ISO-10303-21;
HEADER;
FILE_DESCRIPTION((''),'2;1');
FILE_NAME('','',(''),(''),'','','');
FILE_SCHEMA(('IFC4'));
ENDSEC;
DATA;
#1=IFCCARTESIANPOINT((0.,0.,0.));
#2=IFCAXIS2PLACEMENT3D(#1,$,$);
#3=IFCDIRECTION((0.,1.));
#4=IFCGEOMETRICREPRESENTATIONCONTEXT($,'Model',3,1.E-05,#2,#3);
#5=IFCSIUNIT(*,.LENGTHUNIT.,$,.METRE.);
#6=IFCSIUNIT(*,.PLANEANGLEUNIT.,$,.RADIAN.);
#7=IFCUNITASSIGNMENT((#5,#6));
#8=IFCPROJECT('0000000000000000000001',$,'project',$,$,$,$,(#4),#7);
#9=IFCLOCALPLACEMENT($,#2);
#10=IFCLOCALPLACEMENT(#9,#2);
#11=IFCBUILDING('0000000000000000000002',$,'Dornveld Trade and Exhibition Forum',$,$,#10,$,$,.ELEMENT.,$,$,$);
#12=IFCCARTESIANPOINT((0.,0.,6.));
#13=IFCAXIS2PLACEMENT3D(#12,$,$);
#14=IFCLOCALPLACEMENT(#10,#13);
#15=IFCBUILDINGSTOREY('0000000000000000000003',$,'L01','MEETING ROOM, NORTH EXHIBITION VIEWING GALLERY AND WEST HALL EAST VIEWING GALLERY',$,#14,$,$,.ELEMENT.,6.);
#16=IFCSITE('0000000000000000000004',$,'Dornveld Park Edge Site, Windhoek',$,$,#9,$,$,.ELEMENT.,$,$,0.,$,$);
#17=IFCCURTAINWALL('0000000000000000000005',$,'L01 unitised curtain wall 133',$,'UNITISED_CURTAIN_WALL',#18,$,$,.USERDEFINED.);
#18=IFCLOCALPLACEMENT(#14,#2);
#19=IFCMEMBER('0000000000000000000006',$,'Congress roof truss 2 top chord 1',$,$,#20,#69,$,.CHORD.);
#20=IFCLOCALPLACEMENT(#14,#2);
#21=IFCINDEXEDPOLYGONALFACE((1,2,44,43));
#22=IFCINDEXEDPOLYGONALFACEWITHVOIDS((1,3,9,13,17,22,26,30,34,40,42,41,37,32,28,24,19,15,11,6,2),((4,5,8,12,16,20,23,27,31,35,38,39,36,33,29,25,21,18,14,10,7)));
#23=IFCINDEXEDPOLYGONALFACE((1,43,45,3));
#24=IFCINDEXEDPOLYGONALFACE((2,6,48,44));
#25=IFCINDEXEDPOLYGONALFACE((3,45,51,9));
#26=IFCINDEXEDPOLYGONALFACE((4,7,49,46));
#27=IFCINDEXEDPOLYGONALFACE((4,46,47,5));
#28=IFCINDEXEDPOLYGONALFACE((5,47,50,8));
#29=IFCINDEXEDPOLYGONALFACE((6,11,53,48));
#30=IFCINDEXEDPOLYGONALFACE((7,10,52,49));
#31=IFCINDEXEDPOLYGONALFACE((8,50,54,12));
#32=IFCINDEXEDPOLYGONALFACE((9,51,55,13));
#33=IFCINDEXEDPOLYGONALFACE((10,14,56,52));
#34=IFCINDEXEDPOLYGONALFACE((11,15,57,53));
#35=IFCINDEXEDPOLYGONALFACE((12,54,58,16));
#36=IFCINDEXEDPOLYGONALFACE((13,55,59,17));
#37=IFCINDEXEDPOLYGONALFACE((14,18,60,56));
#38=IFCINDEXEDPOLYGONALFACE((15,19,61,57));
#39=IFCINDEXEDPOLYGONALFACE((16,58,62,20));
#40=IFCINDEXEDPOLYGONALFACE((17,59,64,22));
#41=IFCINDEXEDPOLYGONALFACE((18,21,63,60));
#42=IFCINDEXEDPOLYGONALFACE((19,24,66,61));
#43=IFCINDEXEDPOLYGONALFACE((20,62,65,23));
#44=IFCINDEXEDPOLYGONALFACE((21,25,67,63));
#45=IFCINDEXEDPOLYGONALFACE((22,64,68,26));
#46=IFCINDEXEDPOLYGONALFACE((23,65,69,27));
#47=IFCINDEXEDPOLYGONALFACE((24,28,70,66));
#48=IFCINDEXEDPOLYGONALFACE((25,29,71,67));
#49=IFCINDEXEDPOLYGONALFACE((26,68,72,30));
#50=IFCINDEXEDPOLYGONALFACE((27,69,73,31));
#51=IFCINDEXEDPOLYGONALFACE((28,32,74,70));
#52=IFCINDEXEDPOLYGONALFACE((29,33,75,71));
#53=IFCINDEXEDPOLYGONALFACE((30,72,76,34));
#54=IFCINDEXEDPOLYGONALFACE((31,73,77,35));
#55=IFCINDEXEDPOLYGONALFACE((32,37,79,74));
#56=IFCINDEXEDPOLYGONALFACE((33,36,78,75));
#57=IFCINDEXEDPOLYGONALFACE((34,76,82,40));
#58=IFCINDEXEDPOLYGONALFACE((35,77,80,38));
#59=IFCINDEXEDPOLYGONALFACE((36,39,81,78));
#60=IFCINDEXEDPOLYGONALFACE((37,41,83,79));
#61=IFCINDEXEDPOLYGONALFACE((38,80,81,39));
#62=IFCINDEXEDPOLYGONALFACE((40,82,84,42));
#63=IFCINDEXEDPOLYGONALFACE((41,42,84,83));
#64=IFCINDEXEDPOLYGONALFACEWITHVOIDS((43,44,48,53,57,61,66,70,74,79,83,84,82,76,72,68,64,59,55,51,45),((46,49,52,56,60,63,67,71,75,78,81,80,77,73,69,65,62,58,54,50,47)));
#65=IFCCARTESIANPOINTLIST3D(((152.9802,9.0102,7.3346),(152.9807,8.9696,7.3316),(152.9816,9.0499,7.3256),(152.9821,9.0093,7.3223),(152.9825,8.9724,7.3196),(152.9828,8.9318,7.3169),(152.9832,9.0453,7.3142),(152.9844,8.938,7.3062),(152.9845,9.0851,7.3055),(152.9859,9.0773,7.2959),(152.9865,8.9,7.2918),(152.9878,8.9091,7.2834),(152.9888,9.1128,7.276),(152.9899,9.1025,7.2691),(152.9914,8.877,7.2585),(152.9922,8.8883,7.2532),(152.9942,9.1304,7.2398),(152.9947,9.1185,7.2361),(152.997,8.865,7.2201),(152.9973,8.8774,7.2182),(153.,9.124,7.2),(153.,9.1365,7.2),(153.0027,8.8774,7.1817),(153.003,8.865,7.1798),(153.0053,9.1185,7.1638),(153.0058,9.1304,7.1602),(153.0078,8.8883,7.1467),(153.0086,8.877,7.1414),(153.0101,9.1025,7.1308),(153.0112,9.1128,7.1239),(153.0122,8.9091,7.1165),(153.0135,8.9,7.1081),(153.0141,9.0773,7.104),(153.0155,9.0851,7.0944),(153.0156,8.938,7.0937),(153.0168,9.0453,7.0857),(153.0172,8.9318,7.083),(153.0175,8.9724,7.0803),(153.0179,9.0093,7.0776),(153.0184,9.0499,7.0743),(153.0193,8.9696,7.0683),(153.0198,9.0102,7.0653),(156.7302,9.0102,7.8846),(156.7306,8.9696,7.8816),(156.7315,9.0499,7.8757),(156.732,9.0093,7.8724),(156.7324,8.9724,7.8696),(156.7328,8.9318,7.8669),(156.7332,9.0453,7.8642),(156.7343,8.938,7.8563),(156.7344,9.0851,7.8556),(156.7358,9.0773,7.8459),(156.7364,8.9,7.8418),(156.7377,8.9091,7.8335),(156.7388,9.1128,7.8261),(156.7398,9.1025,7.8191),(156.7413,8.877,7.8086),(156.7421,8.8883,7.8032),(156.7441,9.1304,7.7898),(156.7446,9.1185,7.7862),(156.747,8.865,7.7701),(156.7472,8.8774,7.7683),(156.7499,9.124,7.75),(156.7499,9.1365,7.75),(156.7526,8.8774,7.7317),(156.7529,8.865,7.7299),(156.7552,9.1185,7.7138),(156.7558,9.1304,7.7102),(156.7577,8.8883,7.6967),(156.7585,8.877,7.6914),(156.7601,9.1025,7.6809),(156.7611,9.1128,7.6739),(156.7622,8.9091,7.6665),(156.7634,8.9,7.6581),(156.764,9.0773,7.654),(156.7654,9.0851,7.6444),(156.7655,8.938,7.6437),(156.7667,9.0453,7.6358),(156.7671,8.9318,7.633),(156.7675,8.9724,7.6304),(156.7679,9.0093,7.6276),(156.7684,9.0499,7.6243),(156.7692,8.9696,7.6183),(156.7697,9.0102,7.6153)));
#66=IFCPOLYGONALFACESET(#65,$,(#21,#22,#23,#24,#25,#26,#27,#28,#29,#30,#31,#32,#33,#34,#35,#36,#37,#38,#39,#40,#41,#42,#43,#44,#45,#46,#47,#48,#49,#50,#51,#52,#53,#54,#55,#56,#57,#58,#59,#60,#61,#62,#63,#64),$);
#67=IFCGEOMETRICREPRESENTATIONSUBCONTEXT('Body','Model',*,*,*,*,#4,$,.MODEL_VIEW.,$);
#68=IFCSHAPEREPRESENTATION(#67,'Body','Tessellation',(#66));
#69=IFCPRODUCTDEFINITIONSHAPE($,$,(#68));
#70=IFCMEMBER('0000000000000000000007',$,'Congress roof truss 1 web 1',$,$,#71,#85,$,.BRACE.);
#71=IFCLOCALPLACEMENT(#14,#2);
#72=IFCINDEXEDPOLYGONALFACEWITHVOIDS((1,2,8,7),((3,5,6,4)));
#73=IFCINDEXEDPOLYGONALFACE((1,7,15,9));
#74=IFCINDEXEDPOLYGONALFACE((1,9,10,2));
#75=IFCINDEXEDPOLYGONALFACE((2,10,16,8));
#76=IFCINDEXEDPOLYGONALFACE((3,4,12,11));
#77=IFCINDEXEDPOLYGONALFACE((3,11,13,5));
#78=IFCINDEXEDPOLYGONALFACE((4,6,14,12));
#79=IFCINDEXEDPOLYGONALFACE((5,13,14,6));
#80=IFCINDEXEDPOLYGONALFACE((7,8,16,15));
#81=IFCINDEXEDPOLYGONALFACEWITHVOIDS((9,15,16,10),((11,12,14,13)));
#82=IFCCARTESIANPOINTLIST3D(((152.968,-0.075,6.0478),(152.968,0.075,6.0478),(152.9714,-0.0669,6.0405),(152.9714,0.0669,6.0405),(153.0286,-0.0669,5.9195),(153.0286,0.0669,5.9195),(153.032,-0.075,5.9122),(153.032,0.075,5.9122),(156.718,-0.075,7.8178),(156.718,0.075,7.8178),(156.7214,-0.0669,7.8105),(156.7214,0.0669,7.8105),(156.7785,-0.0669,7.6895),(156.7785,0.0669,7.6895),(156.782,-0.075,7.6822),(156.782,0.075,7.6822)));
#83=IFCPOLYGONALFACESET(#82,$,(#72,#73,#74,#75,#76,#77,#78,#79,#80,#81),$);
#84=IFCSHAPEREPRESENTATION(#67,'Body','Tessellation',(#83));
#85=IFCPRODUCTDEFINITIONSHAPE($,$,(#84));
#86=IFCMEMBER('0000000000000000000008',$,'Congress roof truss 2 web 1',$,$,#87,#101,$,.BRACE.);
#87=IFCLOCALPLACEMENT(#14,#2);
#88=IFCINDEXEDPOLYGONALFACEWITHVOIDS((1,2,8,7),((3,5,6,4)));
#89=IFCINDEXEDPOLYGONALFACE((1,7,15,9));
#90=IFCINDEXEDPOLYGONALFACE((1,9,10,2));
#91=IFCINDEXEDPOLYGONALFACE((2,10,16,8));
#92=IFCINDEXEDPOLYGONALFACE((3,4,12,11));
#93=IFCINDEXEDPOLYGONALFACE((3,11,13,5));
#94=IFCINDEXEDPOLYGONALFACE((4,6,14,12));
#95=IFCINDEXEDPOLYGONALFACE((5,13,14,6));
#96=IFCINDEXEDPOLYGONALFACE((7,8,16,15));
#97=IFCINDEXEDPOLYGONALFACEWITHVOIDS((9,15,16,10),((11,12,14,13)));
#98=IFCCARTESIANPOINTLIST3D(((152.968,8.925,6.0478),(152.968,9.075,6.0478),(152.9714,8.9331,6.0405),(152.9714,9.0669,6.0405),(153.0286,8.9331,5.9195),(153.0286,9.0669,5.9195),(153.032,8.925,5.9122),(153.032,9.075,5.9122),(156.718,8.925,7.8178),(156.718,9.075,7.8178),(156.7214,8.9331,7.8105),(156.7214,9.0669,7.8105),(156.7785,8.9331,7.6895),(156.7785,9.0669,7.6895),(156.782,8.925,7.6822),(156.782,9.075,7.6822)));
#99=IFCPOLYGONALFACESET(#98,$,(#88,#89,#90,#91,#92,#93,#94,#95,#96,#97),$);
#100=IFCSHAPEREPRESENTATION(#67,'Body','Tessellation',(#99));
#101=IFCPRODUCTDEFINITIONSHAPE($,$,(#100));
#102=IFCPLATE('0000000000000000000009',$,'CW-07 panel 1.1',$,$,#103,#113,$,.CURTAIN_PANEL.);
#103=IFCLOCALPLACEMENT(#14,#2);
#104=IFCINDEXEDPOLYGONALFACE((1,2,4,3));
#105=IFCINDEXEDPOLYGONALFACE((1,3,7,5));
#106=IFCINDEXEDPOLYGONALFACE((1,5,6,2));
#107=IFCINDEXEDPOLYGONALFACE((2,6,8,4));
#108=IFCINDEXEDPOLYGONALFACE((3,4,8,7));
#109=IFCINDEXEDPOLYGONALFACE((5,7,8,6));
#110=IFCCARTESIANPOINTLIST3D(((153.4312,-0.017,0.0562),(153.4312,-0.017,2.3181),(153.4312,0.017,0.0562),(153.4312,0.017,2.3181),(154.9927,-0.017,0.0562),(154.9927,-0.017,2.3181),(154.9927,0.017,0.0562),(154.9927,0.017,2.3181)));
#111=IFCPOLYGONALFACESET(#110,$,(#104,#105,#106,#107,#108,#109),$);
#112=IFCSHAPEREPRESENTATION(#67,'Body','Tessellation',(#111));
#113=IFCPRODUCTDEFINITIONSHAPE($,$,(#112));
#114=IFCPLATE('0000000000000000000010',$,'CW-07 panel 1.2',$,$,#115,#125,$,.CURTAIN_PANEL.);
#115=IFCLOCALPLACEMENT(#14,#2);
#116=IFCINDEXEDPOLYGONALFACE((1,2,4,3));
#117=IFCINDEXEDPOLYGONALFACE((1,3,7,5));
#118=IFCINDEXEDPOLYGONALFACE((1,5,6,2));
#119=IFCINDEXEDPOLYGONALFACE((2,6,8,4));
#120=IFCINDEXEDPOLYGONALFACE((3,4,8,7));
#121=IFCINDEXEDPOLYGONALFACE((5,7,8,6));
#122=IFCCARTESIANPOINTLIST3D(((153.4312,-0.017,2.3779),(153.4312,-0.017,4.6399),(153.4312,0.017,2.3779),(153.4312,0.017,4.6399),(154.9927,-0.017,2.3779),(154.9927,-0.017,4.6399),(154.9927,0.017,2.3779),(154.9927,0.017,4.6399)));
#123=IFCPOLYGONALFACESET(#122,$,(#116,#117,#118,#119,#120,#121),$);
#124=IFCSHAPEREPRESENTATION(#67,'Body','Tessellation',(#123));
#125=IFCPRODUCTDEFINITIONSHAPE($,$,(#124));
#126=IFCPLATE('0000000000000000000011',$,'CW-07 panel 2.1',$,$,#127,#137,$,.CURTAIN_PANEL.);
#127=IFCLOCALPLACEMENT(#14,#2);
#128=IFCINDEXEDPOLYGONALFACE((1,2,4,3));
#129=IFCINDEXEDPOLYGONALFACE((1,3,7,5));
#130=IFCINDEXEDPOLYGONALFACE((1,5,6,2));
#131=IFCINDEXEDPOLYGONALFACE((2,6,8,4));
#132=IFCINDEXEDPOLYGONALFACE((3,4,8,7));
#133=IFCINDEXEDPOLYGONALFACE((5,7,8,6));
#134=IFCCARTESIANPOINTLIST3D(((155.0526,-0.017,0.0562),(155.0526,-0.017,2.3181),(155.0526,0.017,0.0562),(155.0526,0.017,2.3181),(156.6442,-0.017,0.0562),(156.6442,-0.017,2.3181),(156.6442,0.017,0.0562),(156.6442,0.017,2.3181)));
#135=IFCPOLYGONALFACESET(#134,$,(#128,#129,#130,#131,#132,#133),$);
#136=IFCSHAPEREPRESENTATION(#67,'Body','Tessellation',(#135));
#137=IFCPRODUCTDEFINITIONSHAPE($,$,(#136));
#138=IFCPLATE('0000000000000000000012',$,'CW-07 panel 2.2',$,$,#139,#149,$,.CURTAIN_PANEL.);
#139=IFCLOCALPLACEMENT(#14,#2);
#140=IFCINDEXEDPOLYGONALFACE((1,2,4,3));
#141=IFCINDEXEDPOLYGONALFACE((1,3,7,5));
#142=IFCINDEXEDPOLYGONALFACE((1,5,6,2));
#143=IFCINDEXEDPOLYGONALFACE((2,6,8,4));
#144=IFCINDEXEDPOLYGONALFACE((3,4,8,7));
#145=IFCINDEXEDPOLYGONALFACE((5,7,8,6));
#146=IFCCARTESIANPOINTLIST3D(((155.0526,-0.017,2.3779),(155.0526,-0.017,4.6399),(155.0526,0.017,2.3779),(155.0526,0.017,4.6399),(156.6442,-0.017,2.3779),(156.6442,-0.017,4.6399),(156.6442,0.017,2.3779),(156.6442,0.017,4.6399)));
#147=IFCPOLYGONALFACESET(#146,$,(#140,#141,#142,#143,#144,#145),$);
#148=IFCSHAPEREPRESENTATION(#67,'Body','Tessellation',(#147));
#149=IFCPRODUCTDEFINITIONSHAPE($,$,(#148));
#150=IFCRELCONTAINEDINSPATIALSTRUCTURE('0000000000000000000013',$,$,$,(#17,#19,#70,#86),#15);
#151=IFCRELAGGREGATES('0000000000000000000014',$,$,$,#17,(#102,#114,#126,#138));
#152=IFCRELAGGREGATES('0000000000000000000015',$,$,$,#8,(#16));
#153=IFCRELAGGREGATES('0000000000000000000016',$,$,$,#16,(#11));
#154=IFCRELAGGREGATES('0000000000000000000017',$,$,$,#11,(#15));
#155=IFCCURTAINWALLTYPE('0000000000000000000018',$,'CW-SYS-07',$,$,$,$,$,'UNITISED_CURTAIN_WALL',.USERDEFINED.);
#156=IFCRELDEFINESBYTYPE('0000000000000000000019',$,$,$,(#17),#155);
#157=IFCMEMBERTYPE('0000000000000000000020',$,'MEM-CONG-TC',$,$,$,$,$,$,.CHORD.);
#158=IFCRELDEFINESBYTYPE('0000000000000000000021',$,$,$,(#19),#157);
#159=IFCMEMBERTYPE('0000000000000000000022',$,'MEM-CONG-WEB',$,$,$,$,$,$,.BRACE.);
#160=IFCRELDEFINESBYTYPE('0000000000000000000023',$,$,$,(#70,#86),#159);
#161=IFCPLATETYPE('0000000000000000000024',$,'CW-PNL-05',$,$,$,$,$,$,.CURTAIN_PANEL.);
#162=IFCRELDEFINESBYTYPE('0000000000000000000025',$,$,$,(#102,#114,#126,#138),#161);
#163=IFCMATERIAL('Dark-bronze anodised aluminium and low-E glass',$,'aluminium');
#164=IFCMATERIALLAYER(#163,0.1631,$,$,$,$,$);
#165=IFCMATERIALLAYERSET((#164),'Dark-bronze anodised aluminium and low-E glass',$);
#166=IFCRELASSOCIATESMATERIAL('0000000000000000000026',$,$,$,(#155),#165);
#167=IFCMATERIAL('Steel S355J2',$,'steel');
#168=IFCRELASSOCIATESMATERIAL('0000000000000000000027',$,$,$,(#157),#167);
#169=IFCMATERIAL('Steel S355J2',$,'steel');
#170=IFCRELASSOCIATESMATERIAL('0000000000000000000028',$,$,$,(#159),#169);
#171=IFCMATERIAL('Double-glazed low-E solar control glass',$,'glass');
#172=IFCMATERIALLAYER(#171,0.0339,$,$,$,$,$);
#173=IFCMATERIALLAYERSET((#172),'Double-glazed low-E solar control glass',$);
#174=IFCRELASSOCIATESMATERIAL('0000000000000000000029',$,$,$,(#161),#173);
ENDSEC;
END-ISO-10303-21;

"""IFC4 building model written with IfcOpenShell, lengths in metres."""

from ifc_helpers import new_model, si_unit, direction, frame, origin, origin_2d, place, context, subcontext, project, spatial, rectangle, hollow_rectangle, hollow_circle, extrude, material, layer, layer_set, material_profile, profile_set, type_object, element, aggregate, save


model = new_model("IFC4")

# Units and contexts
model_context = context("Model", 3, precision=1e-05, world=origin(), true_north=direction((0.0, 1.0)))
body_context = subcontext(model_context, "Body", "Model", "MODEL_VIEW")
ifc_project = project(units=[si_unit("LENGTHUNIT", "METRE"), si_unit("PLANEANGLEUNIT", "RADIAN")], contexts=[model_context])

# Site, building, storey
site_placement = place(None, origin())
site = spatial("IfcSite", under=ifc_project, at=site_placement, Name="Dornveld Park Edge Site, Windhoek", CompositionType="ELEMENT", RefElevation=0.0)
building_placement = place(site_placement, origin())
building = spatial("IfcBuilding", under=site, at=building_placement, Name="Dornveld Trade and Exhibition Forum", CompositionType="ELEMENT")
storey_placement = place(building_placement, frame((0.0, 0.0, 6.0)))
storey = spatial("IfcBuildingStorey", under=building, at=storey_placement, Name="L01", Description="MEETING ROOM, NORTH EXHIBITION VIEWING GALLERY AND WEST HALL EAST VIEWING GALLERY", CompositionType="ELEMENT", Elevation=6.0)

# Curtain wall
ifc_material_1 = material(Name="Dark-bronze anodised aluminium and low-E glass", Category="aluminium")
ifc_layer_1 = layer(ifc_material_1, 0.1631)
ifc_layer_set_1 = layer_set([ifc_layer_1], Name="Dark-bronze anodised aluminium and low-E glass")
curtain_wall_type = type_object("IfcCurtainWallType", Name="CW-SYS-07", ElementType="UNITISED_CURTAIN_WALL", PredefinedType="USERDEFINED", material=ifc_layer_set_1)
curtain_wall_placement = place(storey_placement, origin())
curtain_wall = element("IfcCurtainWall", 1, at=curtain_wall_placement, inside=storey, type_object=curtain_wall_type, Name="L01 unitised curtain wall 133", ObjectType="UNITISED_CURTAIN_WALL", PredefinedType="USERDEFINED")

# Members
ifc_material_2 = material(Name="Steel S355J2", Category="steel")
ifc_material_profile_1 = material_profile(ifc_material_2, hollow_circle(Radius=0.1365, WallThickness=0.0125, at=origin_2d()), Name="CHS 273x12.5")
ifc_profile_set_1 = profile_set([ifc_material_profile_1], Name="Steel S355J2")
member_type_1 = type_object("IfcMemberType", Name="MEM-CONG-TC", PredefinedType="CHORD", material=ifc_profile_set_1)
for number, where, z_axis, x_axis, name in (
    (2, (153.0, 9.0, 7.2), (0.989413, 0.0, 0.145127), (0.0, 1.0, 0.0), "Congress roof truss 2 top chord 1"),
):
    element("IfcMember", number, at=place(storey_placement, frame(where, z_axis=z_axis, x_axis=x_axis)), inside=storey, type_object=member_type_1, Name=name, PredefinedType="CHORD", context=body_context, shape_type="SweptSolid", body=[
        extrude(hollow_circle(Radius=0.1365, WallThickness=0.0125, at=origin_2d()), origin(), (0.0, 0.0, 1.0), 3.79),
    ])
ifc_material_3 = material(Name="Steel S355J2", Category="steel")
ifc_material_profile_2 = material_profile(ifc_material_3, hollow_rectangle(XDim=0.1499, YDim=0.1499, WallThickness=0.0081, at=origin_2d()), Name="SHS 150x150x8")
ifc_profile_set_2 = profile_set([ifc_material_profile_2], Name="Steel S355J2")
member_type_2 = type_object("IfcMemberType", Name="MEM-CONG-WEB", PredefinedType="BRACE", material=ifc_profile_set_2)
for number, where, z_axis, x_axis, name in (
    (3, (153.0, 0.0, 5.98), (0.904324, 0.0, 0.426846), (0.0, 1.0, 0.0), "Congress roof truss 1 web 1"),
    (4, (153.0, 9.0, 5.98), (0.904324, 0.0, 0.426846), (0.0, 1.0, 0.0), "Congress roof truss 2 web 1"),
):
    element("IfcMember", number, at=place(storey_placement, frame(where, z_axis=z_axis, x_axis=x_axis)), inside=storey, type_object=member_type_2, Name=name, PredefinedType="BRACE", context=body_context, shape_type="SweptSolid", body=[
        extrude(hollow_rectangle(XDim=0.1499, YDim=0.1499, WallThickness=0.0081, at=origin_2d()), origin(), (0.0, 0.0, 1.0), 4.1467),
    ])

# Plates
ifc_material_4 = material(Name="Double-glazed low-E solar control glass", Category="glass")
ifc_layer_2 = layer(ifc_material_4, 0.0339)
ifc_layer_set_2 = layer_set([ifc_layer_2], Name="Double-glazed low-E solar control glass")
plate_type = type_object("IfcPlateType", Name="CW-PNL-05", PredefinedType="CURTAIN_PANEL", material=ifc_layer_set_2)
plate_1_placement = place(storey_placement, frame((154.2119, 0.0, 0.0562), z_axis=(0.0, 0.0, 1.0), x_axis=(1.0, 0.0, 0.0)))
plate_1 = element("IfcPlate", 5, at=plate_1_placement, type_object=plate_type, Name="CW-07 panel 1.1", PredefinedType="CURTAIN_PANEL", context=body_context, shape_type="SweptSolid", body=[
    extrude(rectangle(XDim=1.5615, YDim=0.0339, at=origin_2d()), origin(), (0.0, 0.0, 1.0), 2.262),
])
plate_2_placement = place(storey_placement, frame((154.2119, 0.0, 2.3779), z_axis=(0.0, 0.0, 1.0), x_axis=(1.0, 0.0, 0.0)))
plate_2 = element("IfcPlate", 6, at=plate_2_placement, type_object=plate_type, Name="CW-07 panel 1.2", PredefinedType="CURTAIN_PANEL", context=body_context, shape_type="SweptSolid", body=[
    extrude(rectangle(XDim=1.5615, YDim=0.0339, at=origin_2d()), origin(), (0.0, 0.0, 1.0), 2.262),
])
plate_3_placement = place(storey_placement, frame((155.8484, 0.0, 0.0562), z_axis=(0.0, 0.0, 1.0), x_axis=(1.0, 0.0, 0.0)))
plate_3 = element("IfcPlate", 7, at=plate_3_placement, type_object=plate_type, Name="CW-07 panel 2.1", PredefinedType="CURTAIN_PANEL", context=body_context, shape_type="SweptSolid", body=[
    extrude(rectangle(XDim=1.5916, YDim=0.0339, at=origin_2d()), origin(), (0.0, 0.0, 1.0), 2.262),
])
plate_4_placement = place(storey_placement, frame((155.8484, 0.0, 2.3779), z_axis=(0.0, 0.0, 1.0), x_axis=(1.0, 0.0, 0.0)))
plate_4 = element("IfcPlate", 8, at=plate_4_placement, type_object=plate_type, Name="CW-07 panel 2.2", PredefinedType="CURTAIN_PANEL", context=body_context, shape_type="SweptSolid", body=[
    extrude(rectangle(XDim=1.5916, YDim=0.0339, at=origin_2d()), origin(), (0.0, 0.0, 1.0), 2.262),
])
aggregate(curtain_wall, [plate_1, plate_2, plate_3, plate_4])

save(model, "model.ifc")
